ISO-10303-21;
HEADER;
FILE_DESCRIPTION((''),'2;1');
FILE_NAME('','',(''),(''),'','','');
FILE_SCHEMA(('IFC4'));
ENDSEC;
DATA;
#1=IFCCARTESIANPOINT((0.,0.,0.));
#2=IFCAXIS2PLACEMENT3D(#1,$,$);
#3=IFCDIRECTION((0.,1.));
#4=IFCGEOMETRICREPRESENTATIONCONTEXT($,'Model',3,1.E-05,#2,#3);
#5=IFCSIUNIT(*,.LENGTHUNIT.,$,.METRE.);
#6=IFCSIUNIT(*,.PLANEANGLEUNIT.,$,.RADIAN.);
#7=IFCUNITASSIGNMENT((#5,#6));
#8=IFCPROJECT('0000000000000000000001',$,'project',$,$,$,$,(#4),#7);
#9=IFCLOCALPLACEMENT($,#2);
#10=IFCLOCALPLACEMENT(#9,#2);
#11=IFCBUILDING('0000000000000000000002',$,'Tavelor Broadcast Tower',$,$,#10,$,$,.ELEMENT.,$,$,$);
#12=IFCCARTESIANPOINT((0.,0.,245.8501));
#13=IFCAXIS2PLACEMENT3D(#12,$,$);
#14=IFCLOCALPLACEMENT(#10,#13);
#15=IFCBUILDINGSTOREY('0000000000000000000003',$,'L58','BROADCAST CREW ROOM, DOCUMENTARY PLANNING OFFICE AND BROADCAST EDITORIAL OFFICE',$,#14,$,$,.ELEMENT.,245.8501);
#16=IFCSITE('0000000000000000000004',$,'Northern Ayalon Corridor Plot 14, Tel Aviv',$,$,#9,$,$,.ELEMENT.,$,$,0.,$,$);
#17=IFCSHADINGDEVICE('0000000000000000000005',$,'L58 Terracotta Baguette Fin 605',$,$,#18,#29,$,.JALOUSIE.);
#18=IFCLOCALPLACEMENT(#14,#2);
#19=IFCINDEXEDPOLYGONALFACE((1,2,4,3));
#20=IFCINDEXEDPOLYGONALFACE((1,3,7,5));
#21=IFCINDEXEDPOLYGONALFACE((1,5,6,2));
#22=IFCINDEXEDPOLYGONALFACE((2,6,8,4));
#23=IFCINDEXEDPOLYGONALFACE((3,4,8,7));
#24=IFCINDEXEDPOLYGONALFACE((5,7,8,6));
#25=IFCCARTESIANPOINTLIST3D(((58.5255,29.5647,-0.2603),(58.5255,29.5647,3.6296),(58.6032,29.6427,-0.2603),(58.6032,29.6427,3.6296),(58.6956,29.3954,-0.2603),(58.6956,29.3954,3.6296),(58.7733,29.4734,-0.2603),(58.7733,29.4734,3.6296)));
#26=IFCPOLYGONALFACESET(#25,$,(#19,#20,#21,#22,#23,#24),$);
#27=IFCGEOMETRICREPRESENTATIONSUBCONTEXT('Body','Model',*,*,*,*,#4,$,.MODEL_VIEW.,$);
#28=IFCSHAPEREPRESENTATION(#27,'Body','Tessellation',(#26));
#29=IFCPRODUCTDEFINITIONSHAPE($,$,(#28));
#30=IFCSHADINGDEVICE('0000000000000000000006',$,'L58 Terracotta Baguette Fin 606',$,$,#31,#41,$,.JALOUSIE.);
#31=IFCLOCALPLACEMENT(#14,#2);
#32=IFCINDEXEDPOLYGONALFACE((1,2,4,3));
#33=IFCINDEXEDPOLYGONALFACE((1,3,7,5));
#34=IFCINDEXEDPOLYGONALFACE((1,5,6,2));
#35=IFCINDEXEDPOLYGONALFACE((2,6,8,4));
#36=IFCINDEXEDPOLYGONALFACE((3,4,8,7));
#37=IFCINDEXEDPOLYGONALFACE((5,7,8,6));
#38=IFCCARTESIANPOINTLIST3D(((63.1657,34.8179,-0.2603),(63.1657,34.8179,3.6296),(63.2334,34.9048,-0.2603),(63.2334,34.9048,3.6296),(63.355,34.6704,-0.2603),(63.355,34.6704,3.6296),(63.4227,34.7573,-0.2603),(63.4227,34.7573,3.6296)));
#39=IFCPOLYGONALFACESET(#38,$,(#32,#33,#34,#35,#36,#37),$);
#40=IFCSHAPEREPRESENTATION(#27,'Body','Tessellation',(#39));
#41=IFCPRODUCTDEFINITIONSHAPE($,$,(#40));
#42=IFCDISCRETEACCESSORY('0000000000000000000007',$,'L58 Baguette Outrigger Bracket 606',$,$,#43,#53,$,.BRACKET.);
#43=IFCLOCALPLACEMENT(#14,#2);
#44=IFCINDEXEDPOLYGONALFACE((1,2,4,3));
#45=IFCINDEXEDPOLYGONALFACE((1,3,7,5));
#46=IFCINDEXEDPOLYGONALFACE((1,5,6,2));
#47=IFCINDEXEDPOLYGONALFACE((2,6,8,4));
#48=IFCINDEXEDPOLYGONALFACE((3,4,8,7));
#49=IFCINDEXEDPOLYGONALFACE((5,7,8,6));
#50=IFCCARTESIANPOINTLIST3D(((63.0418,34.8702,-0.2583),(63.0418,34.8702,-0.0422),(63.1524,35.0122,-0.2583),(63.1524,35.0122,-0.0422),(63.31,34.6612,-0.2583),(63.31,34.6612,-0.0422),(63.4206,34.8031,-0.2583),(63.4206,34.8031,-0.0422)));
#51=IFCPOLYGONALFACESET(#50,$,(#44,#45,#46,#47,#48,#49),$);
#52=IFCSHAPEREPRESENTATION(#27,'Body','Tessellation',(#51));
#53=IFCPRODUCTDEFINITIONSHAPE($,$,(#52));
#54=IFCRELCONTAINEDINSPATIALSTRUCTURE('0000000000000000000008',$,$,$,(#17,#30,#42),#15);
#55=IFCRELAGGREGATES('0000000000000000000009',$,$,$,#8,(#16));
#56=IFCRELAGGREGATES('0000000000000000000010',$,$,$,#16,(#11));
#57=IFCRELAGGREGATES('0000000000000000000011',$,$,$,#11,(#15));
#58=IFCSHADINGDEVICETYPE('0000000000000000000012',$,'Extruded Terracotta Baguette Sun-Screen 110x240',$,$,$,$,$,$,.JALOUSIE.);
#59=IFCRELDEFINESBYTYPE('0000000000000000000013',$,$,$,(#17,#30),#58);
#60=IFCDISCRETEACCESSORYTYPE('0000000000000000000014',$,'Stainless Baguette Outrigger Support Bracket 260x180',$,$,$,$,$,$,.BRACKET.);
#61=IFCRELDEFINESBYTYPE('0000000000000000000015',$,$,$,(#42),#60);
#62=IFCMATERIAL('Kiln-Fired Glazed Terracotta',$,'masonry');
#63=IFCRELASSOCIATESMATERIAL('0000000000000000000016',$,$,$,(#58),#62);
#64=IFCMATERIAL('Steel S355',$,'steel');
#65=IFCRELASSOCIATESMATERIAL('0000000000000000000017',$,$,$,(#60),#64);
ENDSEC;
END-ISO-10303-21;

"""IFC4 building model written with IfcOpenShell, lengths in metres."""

from ifc_helpers import new_model, si_unit, direction, frame, origin, origin_2d, place, context, subcontext, project, spatial, rectangle, extrude, source, transform, mapped, material, type_object, type_shapes, element, save


model = new_model("IFC4")

# Units and contexts
model_context = context("Model", 3, precision=1e-05, world=origin(), true_north=direction((0.0, 1.0)))
body_context = subcontext(model_context, "Body", "Model", "MODEL_VIEW")
ifc_project = project(units=[si_unit("LENGTHUNIT", "METRE"), si_unit("PLANEANGLEUNIT", "RADIAN")], contexts=[model_context])

# Site, building, storey
site_placement = place(None, origin())
site = spatial("IfcSite", under=ifc_project, at=site_placement, Name="Northern Ayalon Corridor Plot 14, Tel Aviv", CompositionType="ELEMENT", RefElevation=0.0)
building_placement = place(site_placement, origin())
building = spatial("IfcBuilding", under=site, at=building_placement, Name="Tavelor Broadcast Tower", CompositionType="ELEMENT")
storey_placement = place(building_placement, frame((0.0, 0.0, 245.8501)))
storey = spatial("IfcBuildingStorey", under=building, at=storey_placement, Name="L58", Description="BROADCAST CREW ROOM, DOCUMENTARY PLANNING OFFICE AND BROADCAST EDITORIAL OFFICE", CompositionType="ELEMENT", Elevation=245.8501)

# Shared definitions
ifc_material_1 = material(Name="Steel S355", Category="steel")

# Shading devices
ifc_material_2 = material(Name="Kiln-Fired Glazed Terracotta", Category="masonry")
shading_device_type = type_object("IfcShadingDeviceType", Name="Extruded Terracotta Baguette Sun-Screen 110x240", PredefinedType="JALOUSIE", material=ifc_material_2)
shared_shape_1 = source(origin(), body_context, "Body", "SweptSolid", [
    extrude(rectangle(XDim=0.1101, YDim=0.24, at=origin_2d()), origin(), (0.0, 0.0, 1.0), 3.8899),
])
type_shapes(shading_device_type, [shared_shape_1])
for number, where, z_axis, x_axis, name in (
    (1, (58.6494, 29.519, -0.2603), (0.0, 0.0, 1.0), (0.705501, 0.708709, 0.0), "L58 Terracotta Baguette Fin 605"),
    (2, (63.2942, 34.7876, -0.2603), (0.0, 0.0, 1.0), (0.614698, 0.788762, 0.0), "L58 Terracotta Baguette Fin 606"),
):
    element("IfcShadingDevice", number, at=place(storey_placement, frame(where, z_axis=z_axis, x_axis=x_axis)), inside=storey, type_object=shading_device_type, Name=name, PredefinedType="JALOUSIE", context=body_context, shape_type="MappedRepresentation", body=[
        mapped(shared_shape_1, transform((0.0, 0.0, 0.0), scale=1.0)),
    ])

# Discrete accessory
discrete_accessory_type = type_object("IfcDiscreteAccessoryType", Name="Stainless Baguette Outrigger Support Bracket 260x180", PredefinedType="BRACKET", material=ifc_material_1)
shared_shape_2 = source(origin(), body_context, "Body", "SweptSolid", [
    extrude(rectangle(XDim=0.1799, YDim=0.3401, at=origin_2d()), origin(), (0.0, 0.0, 1.0), 0.2161),
])
type_shapes(discrete_accessory_type, [shared_shape_2])
discrete_accessory_placement = place(storey_placement, frame((63.2312, 34.8367, -0.2583), z_axis=(0.0, 0.0, 1.0), x_axis=(0.614698, 0.788762, 0.0)))
element("IfcDiscreteAccessory", 3, at=discrete_accessory_placement, inside=storey, type_object=discrete_accessory_type, Name="L58 Baguette Outrigger Bracket 606", PredefinedType="BRACKET", context=body_context, shape_type="MappedRepresentation", body=[
    mapped(shared_shape_2, transform((0.0, 0.0, 0.0), scale=1.0)),
])

save(model, "model.ifc")
